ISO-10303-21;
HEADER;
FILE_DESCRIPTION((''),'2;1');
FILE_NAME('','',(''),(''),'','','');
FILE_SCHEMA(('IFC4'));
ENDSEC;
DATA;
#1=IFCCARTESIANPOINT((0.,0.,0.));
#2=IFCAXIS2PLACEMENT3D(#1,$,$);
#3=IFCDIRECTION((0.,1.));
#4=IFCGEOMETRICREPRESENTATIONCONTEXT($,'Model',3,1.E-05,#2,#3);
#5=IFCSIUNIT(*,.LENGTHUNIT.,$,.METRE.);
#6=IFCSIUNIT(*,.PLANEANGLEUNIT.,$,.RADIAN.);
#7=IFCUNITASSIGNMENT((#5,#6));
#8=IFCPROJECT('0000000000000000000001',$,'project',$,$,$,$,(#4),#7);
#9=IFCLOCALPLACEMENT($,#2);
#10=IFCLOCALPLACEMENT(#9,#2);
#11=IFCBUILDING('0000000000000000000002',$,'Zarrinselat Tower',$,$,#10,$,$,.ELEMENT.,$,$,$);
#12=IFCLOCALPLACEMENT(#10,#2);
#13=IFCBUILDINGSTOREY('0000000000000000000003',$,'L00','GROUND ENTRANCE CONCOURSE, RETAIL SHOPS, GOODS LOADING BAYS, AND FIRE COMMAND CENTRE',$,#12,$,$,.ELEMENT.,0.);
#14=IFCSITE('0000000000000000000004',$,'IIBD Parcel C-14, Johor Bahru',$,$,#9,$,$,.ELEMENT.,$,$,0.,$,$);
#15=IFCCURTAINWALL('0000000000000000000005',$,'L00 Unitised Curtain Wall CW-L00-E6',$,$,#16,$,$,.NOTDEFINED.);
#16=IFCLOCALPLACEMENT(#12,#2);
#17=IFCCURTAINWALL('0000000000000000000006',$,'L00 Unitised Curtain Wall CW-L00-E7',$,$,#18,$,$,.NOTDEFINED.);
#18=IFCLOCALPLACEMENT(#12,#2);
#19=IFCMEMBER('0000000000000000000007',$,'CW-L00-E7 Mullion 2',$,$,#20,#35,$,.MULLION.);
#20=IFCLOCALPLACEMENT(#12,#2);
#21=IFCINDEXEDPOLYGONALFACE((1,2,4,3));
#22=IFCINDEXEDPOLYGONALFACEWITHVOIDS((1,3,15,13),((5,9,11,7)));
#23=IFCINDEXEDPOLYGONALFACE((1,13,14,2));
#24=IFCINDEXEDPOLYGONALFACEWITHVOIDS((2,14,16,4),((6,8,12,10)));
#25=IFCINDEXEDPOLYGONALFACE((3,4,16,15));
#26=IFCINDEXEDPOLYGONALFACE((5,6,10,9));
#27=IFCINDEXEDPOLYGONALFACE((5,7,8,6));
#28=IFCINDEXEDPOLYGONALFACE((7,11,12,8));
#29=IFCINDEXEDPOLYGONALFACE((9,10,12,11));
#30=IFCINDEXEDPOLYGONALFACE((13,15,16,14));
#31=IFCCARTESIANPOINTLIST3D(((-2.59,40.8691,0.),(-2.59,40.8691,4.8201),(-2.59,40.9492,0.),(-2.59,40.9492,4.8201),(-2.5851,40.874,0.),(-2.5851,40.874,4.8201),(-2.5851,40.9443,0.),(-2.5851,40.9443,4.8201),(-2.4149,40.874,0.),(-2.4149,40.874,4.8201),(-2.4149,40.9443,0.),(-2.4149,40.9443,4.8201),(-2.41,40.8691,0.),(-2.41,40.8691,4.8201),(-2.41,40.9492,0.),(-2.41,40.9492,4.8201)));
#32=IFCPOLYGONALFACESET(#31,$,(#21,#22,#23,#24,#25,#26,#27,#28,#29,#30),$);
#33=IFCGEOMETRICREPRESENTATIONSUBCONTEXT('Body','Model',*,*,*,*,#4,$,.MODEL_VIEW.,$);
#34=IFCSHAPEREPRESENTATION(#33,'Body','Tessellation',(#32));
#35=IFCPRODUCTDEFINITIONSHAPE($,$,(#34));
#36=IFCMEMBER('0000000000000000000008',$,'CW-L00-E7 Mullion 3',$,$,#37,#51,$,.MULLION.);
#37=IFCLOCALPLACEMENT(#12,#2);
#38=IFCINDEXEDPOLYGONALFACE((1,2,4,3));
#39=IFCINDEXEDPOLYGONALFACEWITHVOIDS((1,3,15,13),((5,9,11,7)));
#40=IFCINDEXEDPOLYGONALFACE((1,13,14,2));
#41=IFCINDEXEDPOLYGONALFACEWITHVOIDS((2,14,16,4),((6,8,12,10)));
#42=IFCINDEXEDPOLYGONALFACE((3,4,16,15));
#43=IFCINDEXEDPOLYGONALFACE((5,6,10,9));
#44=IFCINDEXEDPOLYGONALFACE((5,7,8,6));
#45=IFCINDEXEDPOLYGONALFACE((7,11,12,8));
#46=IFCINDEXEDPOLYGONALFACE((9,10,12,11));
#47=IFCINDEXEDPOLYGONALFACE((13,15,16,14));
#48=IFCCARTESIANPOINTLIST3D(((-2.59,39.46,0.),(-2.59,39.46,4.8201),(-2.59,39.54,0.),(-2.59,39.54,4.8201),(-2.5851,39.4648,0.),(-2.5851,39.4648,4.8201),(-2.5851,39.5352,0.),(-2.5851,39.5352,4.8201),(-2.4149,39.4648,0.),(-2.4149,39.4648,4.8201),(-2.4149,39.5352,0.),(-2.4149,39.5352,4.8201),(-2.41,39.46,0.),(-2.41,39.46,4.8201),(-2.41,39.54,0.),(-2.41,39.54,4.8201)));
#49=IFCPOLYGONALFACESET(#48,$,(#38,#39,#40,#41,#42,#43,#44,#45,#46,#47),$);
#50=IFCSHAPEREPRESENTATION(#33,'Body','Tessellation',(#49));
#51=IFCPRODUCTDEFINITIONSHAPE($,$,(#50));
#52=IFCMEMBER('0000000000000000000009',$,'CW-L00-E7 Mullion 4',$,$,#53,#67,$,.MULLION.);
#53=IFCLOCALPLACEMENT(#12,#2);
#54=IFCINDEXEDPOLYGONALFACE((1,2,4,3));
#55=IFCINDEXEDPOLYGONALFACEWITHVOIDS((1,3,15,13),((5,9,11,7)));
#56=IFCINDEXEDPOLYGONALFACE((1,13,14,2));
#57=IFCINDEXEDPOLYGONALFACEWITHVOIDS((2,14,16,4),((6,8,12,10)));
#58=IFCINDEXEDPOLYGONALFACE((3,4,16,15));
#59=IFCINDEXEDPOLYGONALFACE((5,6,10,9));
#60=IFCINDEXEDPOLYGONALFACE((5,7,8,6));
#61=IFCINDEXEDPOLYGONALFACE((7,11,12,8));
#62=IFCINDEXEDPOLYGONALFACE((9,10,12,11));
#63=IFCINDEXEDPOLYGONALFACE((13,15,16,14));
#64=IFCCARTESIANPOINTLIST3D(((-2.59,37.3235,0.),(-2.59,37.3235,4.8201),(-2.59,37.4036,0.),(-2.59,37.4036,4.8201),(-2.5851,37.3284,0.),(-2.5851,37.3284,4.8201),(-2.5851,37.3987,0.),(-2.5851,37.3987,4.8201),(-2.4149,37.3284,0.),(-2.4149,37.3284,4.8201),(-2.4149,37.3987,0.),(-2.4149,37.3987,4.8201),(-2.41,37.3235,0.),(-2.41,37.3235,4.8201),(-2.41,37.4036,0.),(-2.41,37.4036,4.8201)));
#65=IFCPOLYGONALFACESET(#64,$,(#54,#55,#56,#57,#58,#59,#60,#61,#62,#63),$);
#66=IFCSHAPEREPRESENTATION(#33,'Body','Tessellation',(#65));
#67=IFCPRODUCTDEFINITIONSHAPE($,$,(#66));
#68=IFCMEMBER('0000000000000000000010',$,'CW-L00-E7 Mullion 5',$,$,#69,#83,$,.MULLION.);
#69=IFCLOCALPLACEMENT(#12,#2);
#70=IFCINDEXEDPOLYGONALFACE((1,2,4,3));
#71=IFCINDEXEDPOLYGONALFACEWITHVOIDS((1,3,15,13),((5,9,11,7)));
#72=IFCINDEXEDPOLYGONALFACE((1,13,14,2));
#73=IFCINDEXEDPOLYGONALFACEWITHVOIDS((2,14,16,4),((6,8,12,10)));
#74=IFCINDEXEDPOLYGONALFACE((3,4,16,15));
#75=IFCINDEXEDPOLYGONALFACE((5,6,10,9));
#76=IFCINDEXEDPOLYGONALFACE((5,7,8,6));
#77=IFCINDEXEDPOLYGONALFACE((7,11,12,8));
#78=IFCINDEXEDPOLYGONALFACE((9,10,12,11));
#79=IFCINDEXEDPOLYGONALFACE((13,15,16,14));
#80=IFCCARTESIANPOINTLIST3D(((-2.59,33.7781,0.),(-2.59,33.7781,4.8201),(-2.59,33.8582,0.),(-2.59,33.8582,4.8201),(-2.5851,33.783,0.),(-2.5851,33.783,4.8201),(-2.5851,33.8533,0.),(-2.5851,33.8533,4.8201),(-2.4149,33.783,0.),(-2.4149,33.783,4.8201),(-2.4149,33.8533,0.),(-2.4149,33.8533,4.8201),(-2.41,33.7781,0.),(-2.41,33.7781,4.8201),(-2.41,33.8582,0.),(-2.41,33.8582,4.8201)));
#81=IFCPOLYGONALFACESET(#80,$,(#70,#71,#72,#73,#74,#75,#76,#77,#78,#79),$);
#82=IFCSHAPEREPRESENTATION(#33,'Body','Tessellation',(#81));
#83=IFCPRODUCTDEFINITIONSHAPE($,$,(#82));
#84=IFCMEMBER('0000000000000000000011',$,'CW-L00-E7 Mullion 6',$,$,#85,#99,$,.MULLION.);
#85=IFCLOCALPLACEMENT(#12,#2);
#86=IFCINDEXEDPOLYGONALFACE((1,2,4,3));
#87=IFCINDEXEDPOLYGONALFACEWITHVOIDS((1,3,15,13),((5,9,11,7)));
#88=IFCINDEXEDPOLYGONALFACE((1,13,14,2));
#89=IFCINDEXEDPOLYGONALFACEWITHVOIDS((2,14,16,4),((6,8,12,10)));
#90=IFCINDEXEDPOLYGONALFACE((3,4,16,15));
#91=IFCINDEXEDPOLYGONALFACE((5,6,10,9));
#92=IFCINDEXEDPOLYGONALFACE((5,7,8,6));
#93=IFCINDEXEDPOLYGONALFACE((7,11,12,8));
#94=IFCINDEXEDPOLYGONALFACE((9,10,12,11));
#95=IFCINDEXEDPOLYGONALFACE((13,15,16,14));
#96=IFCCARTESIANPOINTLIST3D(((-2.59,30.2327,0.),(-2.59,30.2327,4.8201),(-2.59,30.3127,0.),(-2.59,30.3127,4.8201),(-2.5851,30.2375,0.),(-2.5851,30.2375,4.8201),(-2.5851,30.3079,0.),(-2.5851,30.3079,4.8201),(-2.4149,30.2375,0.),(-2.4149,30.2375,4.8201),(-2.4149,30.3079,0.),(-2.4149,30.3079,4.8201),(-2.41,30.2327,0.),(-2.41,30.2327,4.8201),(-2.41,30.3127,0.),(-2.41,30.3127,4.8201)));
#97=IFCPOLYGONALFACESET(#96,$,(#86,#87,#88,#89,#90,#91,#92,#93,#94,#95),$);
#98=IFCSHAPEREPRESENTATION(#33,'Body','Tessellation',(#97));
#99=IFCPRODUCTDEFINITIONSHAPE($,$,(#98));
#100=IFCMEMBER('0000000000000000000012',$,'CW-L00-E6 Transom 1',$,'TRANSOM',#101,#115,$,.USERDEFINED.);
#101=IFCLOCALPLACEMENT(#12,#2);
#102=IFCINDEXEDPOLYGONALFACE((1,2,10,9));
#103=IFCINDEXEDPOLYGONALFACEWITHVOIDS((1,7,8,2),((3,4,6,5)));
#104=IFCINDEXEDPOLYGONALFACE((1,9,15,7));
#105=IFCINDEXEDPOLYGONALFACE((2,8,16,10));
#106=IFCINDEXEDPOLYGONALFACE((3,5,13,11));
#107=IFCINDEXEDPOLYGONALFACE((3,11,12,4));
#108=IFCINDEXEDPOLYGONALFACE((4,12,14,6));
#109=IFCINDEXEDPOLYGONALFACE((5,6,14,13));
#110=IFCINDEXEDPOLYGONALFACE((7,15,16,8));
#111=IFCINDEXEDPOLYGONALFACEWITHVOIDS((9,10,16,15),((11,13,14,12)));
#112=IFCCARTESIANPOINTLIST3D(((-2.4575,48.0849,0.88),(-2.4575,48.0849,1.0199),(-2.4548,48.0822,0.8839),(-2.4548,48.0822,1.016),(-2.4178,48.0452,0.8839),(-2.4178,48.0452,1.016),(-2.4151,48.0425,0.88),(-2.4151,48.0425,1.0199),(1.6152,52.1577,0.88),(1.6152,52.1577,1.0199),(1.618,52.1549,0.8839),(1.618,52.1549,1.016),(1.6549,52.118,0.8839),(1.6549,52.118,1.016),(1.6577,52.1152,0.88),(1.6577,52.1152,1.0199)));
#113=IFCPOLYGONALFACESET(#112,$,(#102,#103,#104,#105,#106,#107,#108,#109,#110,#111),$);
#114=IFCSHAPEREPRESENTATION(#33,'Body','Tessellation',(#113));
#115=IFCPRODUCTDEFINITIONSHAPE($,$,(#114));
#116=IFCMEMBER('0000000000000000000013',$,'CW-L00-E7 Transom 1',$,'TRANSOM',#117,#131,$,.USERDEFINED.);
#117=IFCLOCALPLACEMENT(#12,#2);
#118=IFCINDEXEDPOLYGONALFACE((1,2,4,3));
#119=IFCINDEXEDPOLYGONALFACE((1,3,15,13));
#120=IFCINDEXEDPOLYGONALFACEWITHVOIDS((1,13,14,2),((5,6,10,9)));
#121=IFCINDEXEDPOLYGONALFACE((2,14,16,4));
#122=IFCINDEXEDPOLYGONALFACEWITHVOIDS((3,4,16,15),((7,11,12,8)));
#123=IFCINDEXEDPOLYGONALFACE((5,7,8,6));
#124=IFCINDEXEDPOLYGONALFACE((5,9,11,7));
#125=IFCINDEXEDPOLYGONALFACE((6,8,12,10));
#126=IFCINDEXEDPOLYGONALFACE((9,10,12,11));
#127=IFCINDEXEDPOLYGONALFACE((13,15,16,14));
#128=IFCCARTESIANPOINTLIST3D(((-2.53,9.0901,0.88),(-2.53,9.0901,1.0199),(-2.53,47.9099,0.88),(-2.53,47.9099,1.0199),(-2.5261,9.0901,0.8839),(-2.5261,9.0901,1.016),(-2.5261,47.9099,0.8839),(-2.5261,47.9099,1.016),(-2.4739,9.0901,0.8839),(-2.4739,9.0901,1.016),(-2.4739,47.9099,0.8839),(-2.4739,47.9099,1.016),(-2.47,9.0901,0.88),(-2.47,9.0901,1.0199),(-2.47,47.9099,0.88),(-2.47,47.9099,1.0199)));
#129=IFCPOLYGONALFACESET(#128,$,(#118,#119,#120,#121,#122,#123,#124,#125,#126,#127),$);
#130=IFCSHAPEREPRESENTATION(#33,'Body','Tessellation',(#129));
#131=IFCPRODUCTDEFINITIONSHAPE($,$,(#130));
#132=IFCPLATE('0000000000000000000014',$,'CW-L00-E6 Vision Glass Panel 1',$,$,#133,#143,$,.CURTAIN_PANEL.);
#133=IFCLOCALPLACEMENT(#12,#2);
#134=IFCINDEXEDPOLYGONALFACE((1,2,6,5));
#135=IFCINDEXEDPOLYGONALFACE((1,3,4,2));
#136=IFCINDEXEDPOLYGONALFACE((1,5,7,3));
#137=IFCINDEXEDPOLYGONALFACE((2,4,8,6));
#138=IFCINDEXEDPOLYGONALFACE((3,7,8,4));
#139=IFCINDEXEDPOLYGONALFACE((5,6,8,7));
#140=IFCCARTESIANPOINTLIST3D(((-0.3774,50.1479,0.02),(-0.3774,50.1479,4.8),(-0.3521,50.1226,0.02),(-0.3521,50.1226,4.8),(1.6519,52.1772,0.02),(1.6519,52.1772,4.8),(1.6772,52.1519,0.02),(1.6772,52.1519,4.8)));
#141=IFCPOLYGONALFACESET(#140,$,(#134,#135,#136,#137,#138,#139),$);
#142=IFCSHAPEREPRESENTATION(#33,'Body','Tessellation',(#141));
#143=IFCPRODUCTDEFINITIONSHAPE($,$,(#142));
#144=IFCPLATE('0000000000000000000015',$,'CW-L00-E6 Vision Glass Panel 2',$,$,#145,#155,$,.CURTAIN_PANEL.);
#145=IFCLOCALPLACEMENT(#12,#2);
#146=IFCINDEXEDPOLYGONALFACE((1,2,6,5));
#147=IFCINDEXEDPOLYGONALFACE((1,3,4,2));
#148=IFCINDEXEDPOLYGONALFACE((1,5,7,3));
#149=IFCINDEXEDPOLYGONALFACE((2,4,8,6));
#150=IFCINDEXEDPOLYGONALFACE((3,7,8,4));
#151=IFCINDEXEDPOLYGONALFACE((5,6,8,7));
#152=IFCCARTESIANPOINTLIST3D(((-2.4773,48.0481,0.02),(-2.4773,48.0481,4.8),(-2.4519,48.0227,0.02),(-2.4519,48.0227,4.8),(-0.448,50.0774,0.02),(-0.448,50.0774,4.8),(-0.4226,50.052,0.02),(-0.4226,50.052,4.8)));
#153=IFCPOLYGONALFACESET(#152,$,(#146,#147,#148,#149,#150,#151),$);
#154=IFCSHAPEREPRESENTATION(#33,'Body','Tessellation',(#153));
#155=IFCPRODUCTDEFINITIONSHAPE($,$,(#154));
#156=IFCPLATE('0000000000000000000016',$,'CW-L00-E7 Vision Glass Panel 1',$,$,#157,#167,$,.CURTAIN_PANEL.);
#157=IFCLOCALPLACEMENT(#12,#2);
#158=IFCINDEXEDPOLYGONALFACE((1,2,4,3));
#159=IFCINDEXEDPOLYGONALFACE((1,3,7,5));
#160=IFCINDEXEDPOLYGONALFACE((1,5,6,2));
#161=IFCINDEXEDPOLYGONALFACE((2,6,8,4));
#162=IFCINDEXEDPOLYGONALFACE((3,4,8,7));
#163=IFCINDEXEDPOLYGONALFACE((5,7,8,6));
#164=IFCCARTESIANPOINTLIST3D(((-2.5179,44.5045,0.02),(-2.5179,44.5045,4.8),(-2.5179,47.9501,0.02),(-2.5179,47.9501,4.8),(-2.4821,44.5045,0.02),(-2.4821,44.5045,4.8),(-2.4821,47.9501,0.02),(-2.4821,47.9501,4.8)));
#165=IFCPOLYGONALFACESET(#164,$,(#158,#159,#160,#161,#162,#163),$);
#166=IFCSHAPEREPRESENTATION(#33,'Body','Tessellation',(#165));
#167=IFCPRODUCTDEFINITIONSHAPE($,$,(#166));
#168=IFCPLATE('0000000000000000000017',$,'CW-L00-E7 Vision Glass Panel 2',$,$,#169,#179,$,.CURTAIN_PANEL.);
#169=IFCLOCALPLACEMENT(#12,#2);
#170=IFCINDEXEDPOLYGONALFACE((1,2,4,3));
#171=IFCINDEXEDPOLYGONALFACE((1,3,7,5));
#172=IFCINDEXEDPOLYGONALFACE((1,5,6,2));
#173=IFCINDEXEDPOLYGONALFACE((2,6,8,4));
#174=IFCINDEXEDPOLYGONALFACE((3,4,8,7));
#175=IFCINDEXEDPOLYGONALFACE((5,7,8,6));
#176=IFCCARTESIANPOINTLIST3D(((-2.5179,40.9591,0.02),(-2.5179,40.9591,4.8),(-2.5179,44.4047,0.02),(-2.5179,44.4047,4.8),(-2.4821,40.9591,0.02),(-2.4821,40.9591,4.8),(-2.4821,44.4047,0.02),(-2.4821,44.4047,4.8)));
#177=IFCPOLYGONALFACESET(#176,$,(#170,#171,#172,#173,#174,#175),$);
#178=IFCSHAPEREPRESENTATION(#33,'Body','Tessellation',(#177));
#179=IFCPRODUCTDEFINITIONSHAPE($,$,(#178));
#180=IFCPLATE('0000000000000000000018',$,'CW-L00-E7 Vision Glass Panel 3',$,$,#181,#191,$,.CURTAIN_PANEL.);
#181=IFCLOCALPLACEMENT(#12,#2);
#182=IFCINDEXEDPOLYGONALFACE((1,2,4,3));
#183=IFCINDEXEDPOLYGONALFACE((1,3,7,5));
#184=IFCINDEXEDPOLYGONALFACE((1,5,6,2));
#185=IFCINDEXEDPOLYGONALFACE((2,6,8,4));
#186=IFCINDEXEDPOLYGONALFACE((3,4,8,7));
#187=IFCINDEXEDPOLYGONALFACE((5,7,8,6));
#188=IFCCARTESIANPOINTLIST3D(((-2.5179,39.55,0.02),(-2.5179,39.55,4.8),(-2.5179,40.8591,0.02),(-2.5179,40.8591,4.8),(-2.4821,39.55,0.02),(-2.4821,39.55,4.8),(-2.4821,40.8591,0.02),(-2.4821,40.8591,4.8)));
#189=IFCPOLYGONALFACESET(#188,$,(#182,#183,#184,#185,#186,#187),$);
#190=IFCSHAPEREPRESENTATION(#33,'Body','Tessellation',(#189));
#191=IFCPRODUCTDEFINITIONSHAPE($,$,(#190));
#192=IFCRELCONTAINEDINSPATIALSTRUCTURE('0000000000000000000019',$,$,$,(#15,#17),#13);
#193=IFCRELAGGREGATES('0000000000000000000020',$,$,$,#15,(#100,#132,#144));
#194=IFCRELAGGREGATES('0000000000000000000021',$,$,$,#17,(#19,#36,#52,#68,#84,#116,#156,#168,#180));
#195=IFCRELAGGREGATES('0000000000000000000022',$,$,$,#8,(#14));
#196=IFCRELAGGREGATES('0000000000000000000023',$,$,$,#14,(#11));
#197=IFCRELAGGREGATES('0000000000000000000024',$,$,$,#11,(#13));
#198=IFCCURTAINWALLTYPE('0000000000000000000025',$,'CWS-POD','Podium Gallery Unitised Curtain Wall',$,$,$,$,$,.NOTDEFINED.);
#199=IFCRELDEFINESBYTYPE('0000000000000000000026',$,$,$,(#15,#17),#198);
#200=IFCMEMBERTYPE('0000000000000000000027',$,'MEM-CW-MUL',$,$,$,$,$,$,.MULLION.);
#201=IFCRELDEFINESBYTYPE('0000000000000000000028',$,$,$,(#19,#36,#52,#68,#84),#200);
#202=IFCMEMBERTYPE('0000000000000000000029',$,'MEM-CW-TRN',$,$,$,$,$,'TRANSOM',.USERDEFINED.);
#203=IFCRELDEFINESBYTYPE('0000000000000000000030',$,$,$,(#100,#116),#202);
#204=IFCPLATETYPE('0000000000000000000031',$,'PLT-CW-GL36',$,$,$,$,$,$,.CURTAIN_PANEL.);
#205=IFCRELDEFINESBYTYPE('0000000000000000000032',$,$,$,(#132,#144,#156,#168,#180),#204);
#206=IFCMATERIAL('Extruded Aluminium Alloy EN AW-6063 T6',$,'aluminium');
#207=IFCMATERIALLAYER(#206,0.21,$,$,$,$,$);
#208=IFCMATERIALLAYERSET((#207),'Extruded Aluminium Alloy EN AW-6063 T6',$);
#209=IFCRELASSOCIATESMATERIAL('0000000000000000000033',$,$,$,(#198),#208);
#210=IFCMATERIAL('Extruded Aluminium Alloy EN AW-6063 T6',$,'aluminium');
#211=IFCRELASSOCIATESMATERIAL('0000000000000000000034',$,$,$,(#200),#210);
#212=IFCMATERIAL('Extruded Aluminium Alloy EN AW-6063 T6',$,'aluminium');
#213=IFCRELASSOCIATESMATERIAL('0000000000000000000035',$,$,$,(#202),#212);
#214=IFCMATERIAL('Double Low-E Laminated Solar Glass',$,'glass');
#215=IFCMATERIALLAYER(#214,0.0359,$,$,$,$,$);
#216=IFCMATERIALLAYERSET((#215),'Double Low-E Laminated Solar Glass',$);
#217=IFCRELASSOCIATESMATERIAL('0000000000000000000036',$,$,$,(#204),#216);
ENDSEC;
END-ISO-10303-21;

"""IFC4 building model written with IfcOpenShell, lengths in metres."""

from ifc_helpers import new_model, si_unit, direction, frame, origin, origin_2d, place, context, subcontext, project, spatial, rectangle, hollow_rectangle, extrude, material, layer, layer_set, material_profile, profile_set, type_object, element, aggregate, save


model = new_model("IFC4")

# Units and contexts
model_context = context("Model", 3, precision=1e-05, world=origin(), true_north=direction((0.0, 1.0)))
body_context = subcontext(model_context, "Body", "Model", "MODEL_VIEW")
ifc_project = project(units=[si_unit("LENGTHUNIT", "METRE"), si_unit("PLANEANGLEUNIT", "RADIAN")], contexts=[model_context])

# Site, building, storey
site_placement = place(None, origin())
site = spatial("IfcSite", under=ifc_project, at=site_placement, Name="IIBD Parcel C-14, Johor Bahru", CompositionType="ELEMENT", RefElevation=0.0)
building_placement = place(site_placement, origin())
building = spatial("IfcBuilding", under=site, at=building_placement, Name="Zarrinselat Tower", CompositionType="ELEMENT")
storey_placement = place(building_placement, origin())
storey = spatial("IfcBuildingStorey", under=building, at=storey_placement, Name="L00", Description="GROUND ENTRANCE CONCOURSE, RETAIL SHOPS, GOODS LOADING BAYS, AND FIRE COMMAND CENTRE", CompositionType="ELEMENT", Elevation=0.0)

# Curtain walls, members
ifc_material_1 = material(Name="Extruded Aluminium Alloy EN AW-6063 T6", Category="aluminium")
ifc_layer_1 = layer(ifc_material_1, 0.21)
ifc_layer_set_1 = layer_set([ifc_layer_1], Name="Extruded Aluminium Alloy EN AW-6063 T6")
curtain_wall_type = type_object("IfcCurtainWallType", Name="CWS-POD", Description="Podium Gallery Unitised Curtain Wall", PredefinedType="NOTDEFINED", material=ifc_layer_set_1)
curtain_wall_1_placement = place(storey_placement, origin())
curtain_wall_1 = element("IfcCurtainWall", 1, at=curtain_wall_1_placement, inside=storey, type_object=curtain_wall_type, Name="L00 Unitised Curtain Wall CW-L00-E6", PredefinedType="NOTDEFINED")
ifc_material_2 = material(Name="Extruded Aluminium Alloy EN AW-6063 T6", Category="aluminium")
ifc_material_profile_1 = material_profile(ifc_material_2, hollow_rectangle(XDim=0.0801, YDim=0.1799, WallThickness=0.0049, at=origin_2d()), Name="RHS 180x80x5")
ifc_profile_set_1 = profile_set([ifc_material_profile_1], Name="Extruded Aluminium Alloy EN AW-6063 T6")
member_type_1 = type_object("IfcMemberType", Name="MEM-CW-MUL", PredefinedType="MULLION", material=ifc_profile_set_1)
curtain_wall_2_placement = place(storey_placement, origin())
curtain_wall_2 = element("IfcCurtainWall", 2, at=curtain_wall_2_placement, inside=storey, type_object=curtain_wall_type, Name="L00 Unitised Curtain Wall CW-L00-E7", PredefinedType="NOTDEFINED")
member_1_placement = place(storey_placement, frame((-2.5, 40.9092, 0.0), z_axis=(0.0, 0.0, 1.0), x_axis=(0.0, -1.0, 0.0)))
member_1 = element("IfcMember", 3, at=member_1_placement, type_object=member_type_1, Name="CW-L00-E7 Mullion 2", PredefinedType="MULLION", context=body_context, shape_type="SweptSolid", body=[
    extrude(hollow_rectangle(XDim=0.0801, YDim=0.1799, WallThickness=0.0049, at=origin_2d()), origin(), (0.0, 0.0, 1.0), 4.8201),
])
member_2_placement = place(storey_placement, frame((-2.5, 39.5, 0.0), z_axis=(0.0, 0.0, 1.0), x_axis=(0.0, -1.0, 0.0)))
member_2 = element("IfcMember", 4, at=member_2_placement, type_object=member_type_1, Name="CW-L00-E7 Mullion 3", PredefinedType="MULLION", context=body_context, shape_type="SweptSolid", body=[
    extrude(hollow_rectangle(XDim=0.0801, YDim=0.1799, WallThickness=0.0049, at=origin_2d()), origin(), (0.0, 0.0, 1.0), 4.8201),
])
member_3_placement = place(storey_placement, frame((-2.5, 37.3635, 0.0), z_axis=(0.0, 0.0, 1.0), x_axis=(0.0, -1.0, 0.0)))
member_3 = element("IfcMember", 5, at=member_3_placement, type_object=member_type_1, Name="CW-L00-E7 Mullion 4", PredefinedType="MULLION", context=body_context, shape_type="SweptSolid", body=[
    extrude(hollow_rectangle(XDim=0.0801, YDim=0.1799, WallThickness=0.0049, at=origin_2d()), origin(), (0.0, 0.0, 1.0), 4.8201),
])
member_4_placement = place(storey_placement, frame((-2.5, 33.8181, 0.0), z_axis=(0.0, 0.0, 1.0), x_axis=(0.0, -1.0, 0.0)))
member_4 = element("IfcMember", 6, at=member_4_placement, type_object=member_type_1, Name="CW-L00-E7 Mullion 5", PredefinedType="MULLION", context=body_context, shape_type="SweptSolid", body=[
    extrude(hollow_rectangle(XDim=0.0801, YDim=0.1799, WallThickness=0.0049, at=origin_2d()), origin(), (0.0, 0.0, 1.0), 4.8201),
])
member_5_placement = place(storey_placement, frame((-2.5, 30.2727, 0.0), z_axis=(0.0, 0.0, 1.0), x_axis=(0.0, -1.0, 0.0)))
member_5 = element("IfcMember", 7, at=member_5_placement, type_object=member_type_1, Name="CW-L00-E7 Mullion 6", PredefinedType="MULLION", context=body_context, shape_type="SweptSolid", body=[
    extrude(hollow_rectangle(XDim=0.0801, YDim=0.1799, WallThickness=0.0049, at=origin_2d()), origin(), (0.0, 0.0, 1.0), 4.8201),
])

# Members
ifc_material_3 = material(Name="Extruded Aluminium Alloy EN AW-6063 T6", Category="aluminium")
ifc_material_profile_2 = material_profile(ifc_material_3, hollow_rectangle(XDim=0.0601, YDim=0.1399, WallThickness=0.0039, at=origin_2d()), Name="RHS 140x60x4")
ifc_profile_set_2 = profile_set([ifc_material_profile_2], Name="Extruded Aluminium Alloy EN AW-6063 T6")
member_type_2 = type_object("IfcMemberType", Name="MEM-CW-TRN", ElementType="TRANSOM", PredefinedType="USERDEFINED", material=ifc_profile_set_2)
member_6_placement = place(storey_placement, frame((1.6365, 52.1365, 0.95), z_axis=(-0.707107, -0.707107, 0.0), x_axis=(0.707107, -0.707107, 0.0)))
member_6 = element("IfcMember", 8, at=member_6_placement, type_object=member_type_2, Name="CW-L00-E6 Transom 1", ObjectType="TRANSOM", PredefinedType="USERDEFINED", context=body_context, shape_type="SweptSolid", body=[
    extrude(hollow_rectangle(XDim=0.0601, YDim=0.1399, WallThickness=0.0039, at=origin_2d()), origin(), (0.0, 0.0, 1.0), 5.7598),
])
member_7_placement = place(storey_placement, frame((-2.5, 47.9099, 0.95), z_axis=(0.0, -1.0, 0.0), x_axis=(1.0, 0.0, 0.0)))
member_7 = element("IfcMember", 9, at=member_7_placement, type_object=member_type_2, Name="CW-L00-E7 Transom 1", ObjectType="TRANSOM", PredefinedType="USERDEFINED", context=body_context, shape_type="SweptSolid", body=[
    extrude(hollow_rectangle(XDim=0.0601, YDim=0.1399, WallThickness=0.0039, at=origin_2d()), origin(), (0.0, 0.0, 1.0), 38.8198),
])

# Plates
ifc_material_4 = material(Name="Double Low-E Laminated Solar Glass", Category="glass")
ifc_layer_2 = layer(ifc_material_4, 0.0359)
ifc_layer_set_2 = layer_set([ifc_layer_2], Name="Double Low-E Laminated Solar Glass")
plate_type = type_object("IfcPlateType", Name="PLT-CW-GL36", PredefinedType="CURTAIN_PANEL", material=ifc_layer_set_2)
plate_1_placement = place(storey_placement, frame((0.6499, 51.1499, 0.02), z_axis=(0.0, 0.0, 1.0), x_axis=(-0.707107, -0.707107, 0.0)))
plate_1 = element("IfcPlate", 10, at=plate_1_placement, type_object=plate_type, Name="CW-L00-E6 Vision Glass Panel 1", PredefinedType="CURTAIN_PANEL", context=body_context, shape_type="SweptSolid", body=[
    extrude(rectangle(XDim=2.8699, YDim=0.0359, at=origin_2d()), origin(), (0.0, 0.0, 1.0), 4.78),
])
plate_2_placement = place(storey_placement, frame((-1.45, 49.05, 0.02), z_axis=(0.0, 0.0, 1.0), x_axis=(-0.707107, -0.707107, 0.0)))
plate_2 = element("IfcPlate", 11, at=plate_2_placement, type_object=plate_type, Name="CW-L00-E6 Vision Glass Panel 2", PredefinedType="CURTAIN_PANEL", context=body_context, shape_type="SweptSolid", body=[
    extrude(rectangle(XDim=2.8699, YDim=0.0359, at=origin_2d()), origin(), (0.0, 0.0, 1.0), 4.78),
])
aggregate(curtain_wall_1, [member_6, plate_1, plate_2])
plate_3_placement = place(storey_placement, frame((-2.5, 46.2273, 0.02), z_axis=(0.0, 0.0, 1.0), x_axis=(0.0, -1.0, 0.0)))
plate_3 = element("IfcPlate", 12, at=plate_3_placement, type_object=plate_type, Name="CW-L00-E7 Vision Glass Panel 1", PredefinedType="CURTAIN_PANEL", context=body_context, shape_type="SweptSolid", body=[
    extrude(rectangle(XDim=3.4456, YDim=0.0359, at=origin_2d()), origin(), (0.0, 0.0, 1.0), 4.78),
])
plate_4_placement = place(storey_placement, frame((-2.5, 42.6819, 0.02), z_axis=(0.0, 0.0, 1.0), x_axis=(0.0, -1.0, 0.0)))
plate_4 = element("IfcPlate", 13, at=plate_4_placement, type_object=plate_type, Name="CW-L00-E7 Vision Glass Panel 2", PredefinedType="CURTAIN_PANEL", context=body_context, shape_type="SweptSolid", body=[
    extrude(rectangle(XDim=3.4456, YDim=0.0359, at=origin_2d()), origin(), (0.0, 0.0, 1.0), 4.78),
])
plate_5_placement = place(storey_placement, frame((-2.5, 40.2046, 0.02), z_axis=(0.0, 0.0, 1.0), x_axis=(0.0, -1.0, 0.0)))
plate_5 = element("IfcPlate", 14, at=plate_5_placement, type_object=plate_type, Name="CW-L00-E7 Vision Glass Panel 3", PredefinedType="CURTAIN_PANEL", context=body_context, shape_type="SweptSolid", body=[
    extrude(rectangle(XDim=1.3091, YDim=0.0359, at=origin_2d()), origin(), (0.0, 0.0, 1.0), 4.78),
])
aggregate(curtain_wall_2, [member_1, member_2, member_3, member_4, member_5, member_7, plate_3, plate_4, plate_5])

save(model, "model.ifc")
